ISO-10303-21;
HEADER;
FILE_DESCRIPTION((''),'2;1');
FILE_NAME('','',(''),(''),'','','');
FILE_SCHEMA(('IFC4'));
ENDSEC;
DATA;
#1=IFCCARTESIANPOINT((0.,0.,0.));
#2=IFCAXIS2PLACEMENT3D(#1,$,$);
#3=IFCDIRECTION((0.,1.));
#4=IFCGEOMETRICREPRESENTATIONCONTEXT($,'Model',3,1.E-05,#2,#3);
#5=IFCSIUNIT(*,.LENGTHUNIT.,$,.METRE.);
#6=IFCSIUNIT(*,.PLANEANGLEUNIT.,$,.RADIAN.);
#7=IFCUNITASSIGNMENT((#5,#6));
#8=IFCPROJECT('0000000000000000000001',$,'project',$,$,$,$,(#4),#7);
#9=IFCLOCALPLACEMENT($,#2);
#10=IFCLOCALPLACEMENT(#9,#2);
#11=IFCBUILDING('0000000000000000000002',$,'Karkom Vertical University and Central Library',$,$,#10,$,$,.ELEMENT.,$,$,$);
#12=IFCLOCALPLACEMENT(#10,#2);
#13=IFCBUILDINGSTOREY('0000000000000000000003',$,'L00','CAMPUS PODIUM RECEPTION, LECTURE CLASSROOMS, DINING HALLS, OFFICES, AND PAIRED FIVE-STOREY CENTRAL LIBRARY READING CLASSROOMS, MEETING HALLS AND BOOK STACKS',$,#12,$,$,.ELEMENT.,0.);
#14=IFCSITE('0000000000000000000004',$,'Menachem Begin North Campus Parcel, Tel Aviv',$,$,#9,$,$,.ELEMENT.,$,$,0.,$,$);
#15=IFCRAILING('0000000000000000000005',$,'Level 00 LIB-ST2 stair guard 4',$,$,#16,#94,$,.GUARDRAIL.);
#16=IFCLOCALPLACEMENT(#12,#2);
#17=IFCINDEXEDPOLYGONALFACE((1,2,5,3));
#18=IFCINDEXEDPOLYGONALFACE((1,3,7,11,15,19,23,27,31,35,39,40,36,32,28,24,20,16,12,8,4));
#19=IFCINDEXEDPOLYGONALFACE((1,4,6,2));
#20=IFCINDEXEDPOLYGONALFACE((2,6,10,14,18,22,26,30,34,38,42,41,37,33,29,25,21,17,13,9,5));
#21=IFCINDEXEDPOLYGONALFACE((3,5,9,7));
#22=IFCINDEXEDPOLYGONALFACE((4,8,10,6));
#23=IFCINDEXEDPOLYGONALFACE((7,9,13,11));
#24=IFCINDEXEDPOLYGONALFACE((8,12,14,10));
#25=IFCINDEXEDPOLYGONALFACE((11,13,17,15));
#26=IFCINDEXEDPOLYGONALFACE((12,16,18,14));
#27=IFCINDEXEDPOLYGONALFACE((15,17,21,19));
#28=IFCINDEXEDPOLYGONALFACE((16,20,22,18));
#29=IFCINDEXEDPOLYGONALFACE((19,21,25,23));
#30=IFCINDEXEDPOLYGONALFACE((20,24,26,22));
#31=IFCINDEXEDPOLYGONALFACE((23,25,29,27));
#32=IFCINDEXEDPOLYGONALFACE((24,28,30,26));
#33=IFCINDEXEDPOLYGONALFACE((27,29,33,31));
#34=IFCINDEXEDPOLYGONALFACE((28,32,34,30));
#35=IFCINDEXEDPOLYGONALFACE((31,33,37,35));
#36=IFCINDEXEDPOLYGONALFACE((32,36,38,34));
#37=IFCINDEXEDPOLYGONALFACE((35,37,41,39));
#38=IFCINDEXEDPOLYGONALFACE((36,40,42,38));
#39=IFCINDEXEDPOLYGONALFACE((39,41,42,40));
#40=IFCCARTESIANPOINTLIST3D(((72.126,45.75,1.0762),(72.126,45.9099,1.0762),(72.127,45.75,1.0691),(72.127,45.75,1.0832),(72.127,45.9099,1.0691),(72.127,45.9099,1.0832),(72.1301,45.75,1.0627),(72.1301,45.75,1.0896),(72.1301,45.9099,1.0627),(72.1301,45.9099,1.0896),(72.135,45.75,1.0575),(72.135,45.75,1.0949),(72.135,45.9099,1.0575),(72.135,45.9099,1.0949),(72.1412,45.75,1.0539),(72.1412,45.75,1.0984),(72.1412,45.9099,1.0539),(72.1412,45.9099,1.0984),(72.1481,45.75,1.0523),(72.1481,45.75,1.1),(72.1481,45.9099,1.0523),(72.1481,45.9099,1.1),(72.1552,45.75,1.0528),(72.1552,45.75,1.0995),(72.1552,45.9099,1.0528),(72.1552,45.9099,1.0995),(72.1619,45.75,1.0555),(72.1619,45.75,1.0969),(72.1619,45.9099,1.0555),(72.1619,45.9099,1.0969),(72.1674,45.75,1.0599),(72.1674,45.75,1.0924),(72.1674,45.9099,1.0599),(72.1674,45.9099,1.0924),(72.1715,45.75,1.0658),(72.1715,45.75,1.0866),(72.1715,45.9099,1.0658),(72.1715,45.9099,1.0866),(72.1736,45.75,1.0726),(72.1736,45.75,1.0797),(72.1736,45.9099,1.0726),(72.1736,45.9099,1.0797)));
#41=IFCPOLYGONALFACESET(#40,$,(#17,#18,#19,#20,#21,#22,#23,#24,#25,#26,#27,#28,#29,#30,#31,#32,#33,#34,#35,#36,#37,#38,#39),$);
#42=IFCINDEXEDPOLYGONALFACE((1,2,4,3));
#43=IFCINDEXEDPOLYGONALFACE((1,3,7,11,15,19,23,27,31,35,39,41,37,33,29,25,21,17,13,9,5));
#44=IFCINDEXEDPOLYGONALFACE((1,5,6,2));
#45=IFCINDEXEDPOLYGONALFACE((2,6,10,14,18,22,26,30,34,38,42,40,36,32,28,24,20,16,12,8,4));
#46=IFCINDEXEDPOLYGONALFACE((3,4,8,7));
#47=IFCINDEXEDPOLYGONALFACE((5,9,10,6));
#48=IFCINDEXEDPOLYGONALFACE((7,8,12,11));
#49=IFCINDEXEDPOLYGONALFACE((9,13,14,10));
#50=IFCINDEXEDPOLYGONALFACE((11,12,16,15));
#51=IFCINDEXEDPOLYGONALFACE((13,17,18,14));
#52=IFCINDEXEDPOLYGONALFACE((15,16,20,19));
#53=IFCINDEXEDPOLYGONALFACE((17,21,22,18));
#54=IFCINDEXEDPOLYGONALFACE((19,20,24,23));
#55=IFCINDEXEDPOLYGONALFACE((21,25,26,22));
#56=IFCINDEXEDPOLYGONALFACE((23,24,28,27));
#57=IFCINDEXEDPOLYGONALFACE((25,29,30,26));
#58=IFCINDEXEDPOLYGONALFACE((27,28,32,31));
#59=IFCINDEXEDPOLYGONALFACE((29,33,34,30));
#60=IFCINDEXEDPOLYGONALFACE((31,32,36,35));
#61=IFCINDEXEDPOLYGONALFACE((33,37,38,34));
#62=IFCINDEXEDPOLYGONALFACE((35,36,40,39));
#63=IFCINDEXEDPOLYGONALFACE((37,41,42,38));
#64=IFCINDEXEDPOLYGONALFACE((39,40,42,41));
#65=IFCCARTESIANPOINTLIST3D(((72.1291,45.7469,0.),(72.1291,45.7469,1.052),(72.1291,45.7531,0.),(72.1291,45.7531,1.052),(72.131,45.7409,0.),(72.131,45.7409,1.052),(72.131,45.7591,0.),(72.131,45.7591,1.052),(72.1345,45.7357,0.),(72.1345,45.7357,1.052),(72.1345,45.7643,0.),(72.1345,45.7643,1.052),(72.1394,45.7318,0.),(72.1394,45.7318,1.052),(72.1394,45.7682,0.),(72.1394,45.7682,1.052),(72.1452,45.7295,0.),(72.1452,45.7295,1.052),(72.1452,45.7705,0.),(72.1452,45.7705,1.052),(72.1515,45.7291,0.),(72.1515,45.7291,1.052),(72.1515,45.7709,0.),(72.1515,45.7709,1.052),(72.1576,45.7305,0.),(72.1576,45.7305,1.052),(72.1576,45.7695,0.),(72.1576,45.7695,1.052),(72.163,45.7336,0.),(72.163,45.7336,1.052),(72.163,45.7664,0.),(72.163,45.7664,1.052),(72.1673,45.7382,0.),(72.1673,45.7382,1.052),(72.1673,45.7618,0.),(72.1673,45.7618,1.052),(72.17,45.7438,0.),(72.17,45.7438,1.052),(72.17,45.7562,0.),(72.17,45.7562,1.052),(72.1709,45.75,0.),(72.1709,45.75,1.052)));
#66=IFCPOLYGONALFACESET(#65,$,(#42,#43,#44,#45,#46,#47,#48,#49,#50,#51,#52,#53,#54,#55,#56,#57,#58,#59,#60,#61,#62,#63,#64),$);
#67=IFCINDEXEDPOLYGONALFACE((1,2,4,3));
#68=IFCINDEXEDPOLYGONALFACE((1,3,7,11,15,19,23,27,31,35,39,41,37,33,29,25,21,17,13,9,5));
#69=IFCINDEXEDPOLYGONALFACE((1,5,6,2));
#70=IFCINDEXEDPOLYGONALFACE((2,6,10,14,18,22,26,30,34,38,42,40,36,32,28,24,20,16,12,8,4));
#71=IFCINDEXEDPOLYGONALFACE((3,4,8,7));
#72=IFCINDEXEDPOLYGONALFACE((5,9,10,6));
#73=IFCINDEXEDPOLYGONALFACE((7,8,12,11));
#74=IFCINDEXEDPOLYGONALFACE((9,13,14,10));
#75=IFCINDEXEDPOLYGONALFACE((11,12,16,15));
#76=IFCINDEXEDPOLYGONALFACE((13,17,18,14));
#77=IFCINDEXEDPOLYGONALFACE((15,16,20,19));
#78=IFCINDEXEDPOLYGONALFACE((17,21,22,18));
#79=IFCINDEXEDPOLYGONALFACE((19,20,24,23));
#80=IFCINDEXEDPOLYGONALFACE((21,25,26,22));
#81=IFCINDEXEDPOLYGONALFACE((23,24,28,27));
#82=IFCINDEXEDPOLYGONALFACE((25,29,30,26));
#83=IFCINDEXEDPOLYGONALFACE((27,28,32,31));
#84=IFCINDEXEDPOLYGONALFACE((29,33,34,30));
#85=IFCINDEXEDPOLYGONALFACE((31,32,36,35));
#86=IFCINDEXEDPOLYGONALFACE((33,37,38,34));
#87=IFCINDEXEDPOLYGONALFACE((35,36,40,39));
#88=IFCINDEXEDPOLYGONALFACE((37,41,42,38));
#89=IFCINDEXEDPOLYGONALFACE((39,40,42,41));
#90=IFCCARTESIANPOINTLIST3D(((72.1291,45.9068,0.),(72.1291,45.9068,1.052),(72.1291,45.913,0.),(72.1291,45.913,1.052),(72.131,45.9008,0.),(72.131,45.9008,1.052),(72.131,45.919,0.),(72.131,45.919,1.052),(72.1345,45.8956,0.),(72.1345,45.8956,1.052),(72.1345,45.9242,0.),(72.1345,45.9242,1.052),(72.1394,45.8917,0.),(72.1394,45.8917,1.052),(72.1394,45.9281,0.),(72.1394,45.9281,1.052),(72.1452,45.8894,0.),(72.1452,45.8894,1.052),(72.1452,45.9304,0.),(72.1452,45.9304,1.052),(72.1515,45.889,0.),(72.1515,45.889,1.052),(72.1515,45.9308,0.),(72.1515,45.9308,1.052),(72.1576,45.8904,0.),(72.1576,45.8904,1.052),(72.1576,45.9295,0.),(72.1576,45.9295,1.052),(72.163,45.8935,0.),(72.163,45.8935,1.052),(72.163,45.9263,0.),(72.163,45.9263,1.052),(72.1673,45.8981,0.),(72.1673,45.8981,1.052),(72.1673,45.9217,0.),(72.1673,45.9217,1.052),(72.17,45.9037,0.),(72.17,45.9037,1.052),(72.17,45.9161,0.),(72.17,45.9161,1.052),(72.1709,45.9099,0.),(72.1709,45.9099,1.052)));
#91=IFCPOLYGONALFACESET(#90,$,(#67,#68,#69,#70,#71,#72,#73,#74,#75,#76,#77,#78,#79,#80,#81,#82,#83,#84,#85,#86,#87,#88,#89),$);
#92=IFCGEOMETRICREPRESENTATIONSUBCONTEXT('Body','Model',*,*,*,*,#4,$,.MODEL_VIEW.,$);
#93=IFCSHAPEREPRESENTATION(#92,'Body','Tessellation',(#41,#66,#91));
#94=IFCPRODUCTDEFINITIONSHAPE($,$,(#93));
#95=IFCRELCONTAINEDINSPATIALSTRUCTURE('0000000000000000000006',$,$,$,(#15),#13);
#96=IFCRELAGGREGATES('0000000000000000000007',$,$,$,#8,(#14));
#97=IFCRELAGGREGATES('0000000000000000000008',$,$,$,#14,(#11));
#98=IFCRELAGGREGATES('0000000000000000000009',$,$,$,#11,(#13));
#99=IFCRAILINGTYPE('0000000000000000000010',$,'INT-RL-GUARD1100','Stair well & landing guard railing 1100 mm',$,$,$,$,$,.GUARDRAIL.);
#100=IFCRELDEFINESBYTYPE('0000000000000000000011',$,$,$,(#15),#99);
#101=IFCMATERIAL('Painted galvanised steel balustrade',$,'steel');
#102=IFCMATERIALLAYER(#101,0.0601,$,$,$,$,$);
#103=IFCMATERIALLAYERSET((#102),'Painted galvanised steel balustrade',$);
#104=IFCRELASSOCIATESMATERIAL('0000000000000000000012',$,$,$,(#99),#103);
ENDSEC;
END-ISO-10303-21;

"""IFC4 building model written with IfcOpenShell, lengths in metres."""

from ifc_helpers import new_model, si_unit, direction, frame, origin, origin_2d, place, context, subcontext, project, spatial, circle, extrude, material, layer, layer_set, type_object, element, save


model = new_model("IFC4")

# Units and contexts
model_context = context("Model", 3, precision=1e-05, world=origin(), true_north=direction((0.0, 1.0)))
body_context = subcontext(model_context, "Body", "Model", "MODEL_VIEW")
ifc_project = project(units=[si_unit("LENGTHUNIT", "METRE"), si_unit("PLANEANGLEUNIT", "RADIAN")], contexts=[model_context])

# Site, building, storey
site_placement = place(None, origin())
site = spatial("IfcSite", under=ifc_project, at=site_placement, Name="Menachem Begin North Campus Parcel, Tel Aviv", CompositionType="ELEMENT", RefElevation=0.0)
building_placement = place(site_placement, origin())
building = spatial("IfcBuilding", under=site, at=building_placement, Name="Karkom Vertical University and Central Library", CompositionType="ELEMENT")
storey_placement = place(building_placement, origin())
storey = spatial("IfcBuildingStorey", under=building, at=storey_placement, Name="L00", Description="CAMPUS PODIUM RECEPTION, LECTURE CLASSROOMS, DINING HALLS, OFFICES, AND PAIRED FIVE-STOREY CENTRAL LIBRARY READING CLASSROOMS, MEETING HALLS AND BOOK STACKS", CompositionType="ELEMENT", Elevation=0.0)

# Railing
ifc_material_1 = material(Name="Painted galvanised steel balustrade", Category="steel")
ifc_layer_1 = layer(ifc_material_1, 0.0601)
ifc_layer_set_1 = layer_set([ifc_layer_1], Name="Painted galvanised steel balustrade")
railing_type_1 = type_object("IfcRailingType", Name="INT-RL-GUARD1100", Description="Stair well & landing guard railing 1100 mm", PredefinedType="GUARDRAIL", material=ifc_layer_set_1)
railing_1_placement = place(storey_placement, frame((72.1499, 45.75, 0.0)))
element("IfcRailing", 1, at=railing_1_placement, inside=storey, type_object=railing_type_1, Name="Level 00 LIB-ST2 stair guard 4", PredefinedType="GUARDRAIL", context=body_context, shape_type="SweptSolid", body=[
    extrude(circle(Radius=0.0239, at=origin_2d()), frame((0.0, 0.0, 1.0762), z_axis=(0.0, 1.0, 0.0), x_axis=(-1.0, 0.0, 0.0)), (0.0, 0.0, 1.0), 0.1599),
    extrude(circle(Radius=0.021, at=origin_2d()), origin(), (0.0, 0.0, 1.0), 1.052),
    extrude(circle(Radius=0.021, at=origin_2d()), frame((0.0, 0.1599, 0.0)), (0.0, 0.0, 1.0), 1.052),
])

save(model, "model.ifc")
